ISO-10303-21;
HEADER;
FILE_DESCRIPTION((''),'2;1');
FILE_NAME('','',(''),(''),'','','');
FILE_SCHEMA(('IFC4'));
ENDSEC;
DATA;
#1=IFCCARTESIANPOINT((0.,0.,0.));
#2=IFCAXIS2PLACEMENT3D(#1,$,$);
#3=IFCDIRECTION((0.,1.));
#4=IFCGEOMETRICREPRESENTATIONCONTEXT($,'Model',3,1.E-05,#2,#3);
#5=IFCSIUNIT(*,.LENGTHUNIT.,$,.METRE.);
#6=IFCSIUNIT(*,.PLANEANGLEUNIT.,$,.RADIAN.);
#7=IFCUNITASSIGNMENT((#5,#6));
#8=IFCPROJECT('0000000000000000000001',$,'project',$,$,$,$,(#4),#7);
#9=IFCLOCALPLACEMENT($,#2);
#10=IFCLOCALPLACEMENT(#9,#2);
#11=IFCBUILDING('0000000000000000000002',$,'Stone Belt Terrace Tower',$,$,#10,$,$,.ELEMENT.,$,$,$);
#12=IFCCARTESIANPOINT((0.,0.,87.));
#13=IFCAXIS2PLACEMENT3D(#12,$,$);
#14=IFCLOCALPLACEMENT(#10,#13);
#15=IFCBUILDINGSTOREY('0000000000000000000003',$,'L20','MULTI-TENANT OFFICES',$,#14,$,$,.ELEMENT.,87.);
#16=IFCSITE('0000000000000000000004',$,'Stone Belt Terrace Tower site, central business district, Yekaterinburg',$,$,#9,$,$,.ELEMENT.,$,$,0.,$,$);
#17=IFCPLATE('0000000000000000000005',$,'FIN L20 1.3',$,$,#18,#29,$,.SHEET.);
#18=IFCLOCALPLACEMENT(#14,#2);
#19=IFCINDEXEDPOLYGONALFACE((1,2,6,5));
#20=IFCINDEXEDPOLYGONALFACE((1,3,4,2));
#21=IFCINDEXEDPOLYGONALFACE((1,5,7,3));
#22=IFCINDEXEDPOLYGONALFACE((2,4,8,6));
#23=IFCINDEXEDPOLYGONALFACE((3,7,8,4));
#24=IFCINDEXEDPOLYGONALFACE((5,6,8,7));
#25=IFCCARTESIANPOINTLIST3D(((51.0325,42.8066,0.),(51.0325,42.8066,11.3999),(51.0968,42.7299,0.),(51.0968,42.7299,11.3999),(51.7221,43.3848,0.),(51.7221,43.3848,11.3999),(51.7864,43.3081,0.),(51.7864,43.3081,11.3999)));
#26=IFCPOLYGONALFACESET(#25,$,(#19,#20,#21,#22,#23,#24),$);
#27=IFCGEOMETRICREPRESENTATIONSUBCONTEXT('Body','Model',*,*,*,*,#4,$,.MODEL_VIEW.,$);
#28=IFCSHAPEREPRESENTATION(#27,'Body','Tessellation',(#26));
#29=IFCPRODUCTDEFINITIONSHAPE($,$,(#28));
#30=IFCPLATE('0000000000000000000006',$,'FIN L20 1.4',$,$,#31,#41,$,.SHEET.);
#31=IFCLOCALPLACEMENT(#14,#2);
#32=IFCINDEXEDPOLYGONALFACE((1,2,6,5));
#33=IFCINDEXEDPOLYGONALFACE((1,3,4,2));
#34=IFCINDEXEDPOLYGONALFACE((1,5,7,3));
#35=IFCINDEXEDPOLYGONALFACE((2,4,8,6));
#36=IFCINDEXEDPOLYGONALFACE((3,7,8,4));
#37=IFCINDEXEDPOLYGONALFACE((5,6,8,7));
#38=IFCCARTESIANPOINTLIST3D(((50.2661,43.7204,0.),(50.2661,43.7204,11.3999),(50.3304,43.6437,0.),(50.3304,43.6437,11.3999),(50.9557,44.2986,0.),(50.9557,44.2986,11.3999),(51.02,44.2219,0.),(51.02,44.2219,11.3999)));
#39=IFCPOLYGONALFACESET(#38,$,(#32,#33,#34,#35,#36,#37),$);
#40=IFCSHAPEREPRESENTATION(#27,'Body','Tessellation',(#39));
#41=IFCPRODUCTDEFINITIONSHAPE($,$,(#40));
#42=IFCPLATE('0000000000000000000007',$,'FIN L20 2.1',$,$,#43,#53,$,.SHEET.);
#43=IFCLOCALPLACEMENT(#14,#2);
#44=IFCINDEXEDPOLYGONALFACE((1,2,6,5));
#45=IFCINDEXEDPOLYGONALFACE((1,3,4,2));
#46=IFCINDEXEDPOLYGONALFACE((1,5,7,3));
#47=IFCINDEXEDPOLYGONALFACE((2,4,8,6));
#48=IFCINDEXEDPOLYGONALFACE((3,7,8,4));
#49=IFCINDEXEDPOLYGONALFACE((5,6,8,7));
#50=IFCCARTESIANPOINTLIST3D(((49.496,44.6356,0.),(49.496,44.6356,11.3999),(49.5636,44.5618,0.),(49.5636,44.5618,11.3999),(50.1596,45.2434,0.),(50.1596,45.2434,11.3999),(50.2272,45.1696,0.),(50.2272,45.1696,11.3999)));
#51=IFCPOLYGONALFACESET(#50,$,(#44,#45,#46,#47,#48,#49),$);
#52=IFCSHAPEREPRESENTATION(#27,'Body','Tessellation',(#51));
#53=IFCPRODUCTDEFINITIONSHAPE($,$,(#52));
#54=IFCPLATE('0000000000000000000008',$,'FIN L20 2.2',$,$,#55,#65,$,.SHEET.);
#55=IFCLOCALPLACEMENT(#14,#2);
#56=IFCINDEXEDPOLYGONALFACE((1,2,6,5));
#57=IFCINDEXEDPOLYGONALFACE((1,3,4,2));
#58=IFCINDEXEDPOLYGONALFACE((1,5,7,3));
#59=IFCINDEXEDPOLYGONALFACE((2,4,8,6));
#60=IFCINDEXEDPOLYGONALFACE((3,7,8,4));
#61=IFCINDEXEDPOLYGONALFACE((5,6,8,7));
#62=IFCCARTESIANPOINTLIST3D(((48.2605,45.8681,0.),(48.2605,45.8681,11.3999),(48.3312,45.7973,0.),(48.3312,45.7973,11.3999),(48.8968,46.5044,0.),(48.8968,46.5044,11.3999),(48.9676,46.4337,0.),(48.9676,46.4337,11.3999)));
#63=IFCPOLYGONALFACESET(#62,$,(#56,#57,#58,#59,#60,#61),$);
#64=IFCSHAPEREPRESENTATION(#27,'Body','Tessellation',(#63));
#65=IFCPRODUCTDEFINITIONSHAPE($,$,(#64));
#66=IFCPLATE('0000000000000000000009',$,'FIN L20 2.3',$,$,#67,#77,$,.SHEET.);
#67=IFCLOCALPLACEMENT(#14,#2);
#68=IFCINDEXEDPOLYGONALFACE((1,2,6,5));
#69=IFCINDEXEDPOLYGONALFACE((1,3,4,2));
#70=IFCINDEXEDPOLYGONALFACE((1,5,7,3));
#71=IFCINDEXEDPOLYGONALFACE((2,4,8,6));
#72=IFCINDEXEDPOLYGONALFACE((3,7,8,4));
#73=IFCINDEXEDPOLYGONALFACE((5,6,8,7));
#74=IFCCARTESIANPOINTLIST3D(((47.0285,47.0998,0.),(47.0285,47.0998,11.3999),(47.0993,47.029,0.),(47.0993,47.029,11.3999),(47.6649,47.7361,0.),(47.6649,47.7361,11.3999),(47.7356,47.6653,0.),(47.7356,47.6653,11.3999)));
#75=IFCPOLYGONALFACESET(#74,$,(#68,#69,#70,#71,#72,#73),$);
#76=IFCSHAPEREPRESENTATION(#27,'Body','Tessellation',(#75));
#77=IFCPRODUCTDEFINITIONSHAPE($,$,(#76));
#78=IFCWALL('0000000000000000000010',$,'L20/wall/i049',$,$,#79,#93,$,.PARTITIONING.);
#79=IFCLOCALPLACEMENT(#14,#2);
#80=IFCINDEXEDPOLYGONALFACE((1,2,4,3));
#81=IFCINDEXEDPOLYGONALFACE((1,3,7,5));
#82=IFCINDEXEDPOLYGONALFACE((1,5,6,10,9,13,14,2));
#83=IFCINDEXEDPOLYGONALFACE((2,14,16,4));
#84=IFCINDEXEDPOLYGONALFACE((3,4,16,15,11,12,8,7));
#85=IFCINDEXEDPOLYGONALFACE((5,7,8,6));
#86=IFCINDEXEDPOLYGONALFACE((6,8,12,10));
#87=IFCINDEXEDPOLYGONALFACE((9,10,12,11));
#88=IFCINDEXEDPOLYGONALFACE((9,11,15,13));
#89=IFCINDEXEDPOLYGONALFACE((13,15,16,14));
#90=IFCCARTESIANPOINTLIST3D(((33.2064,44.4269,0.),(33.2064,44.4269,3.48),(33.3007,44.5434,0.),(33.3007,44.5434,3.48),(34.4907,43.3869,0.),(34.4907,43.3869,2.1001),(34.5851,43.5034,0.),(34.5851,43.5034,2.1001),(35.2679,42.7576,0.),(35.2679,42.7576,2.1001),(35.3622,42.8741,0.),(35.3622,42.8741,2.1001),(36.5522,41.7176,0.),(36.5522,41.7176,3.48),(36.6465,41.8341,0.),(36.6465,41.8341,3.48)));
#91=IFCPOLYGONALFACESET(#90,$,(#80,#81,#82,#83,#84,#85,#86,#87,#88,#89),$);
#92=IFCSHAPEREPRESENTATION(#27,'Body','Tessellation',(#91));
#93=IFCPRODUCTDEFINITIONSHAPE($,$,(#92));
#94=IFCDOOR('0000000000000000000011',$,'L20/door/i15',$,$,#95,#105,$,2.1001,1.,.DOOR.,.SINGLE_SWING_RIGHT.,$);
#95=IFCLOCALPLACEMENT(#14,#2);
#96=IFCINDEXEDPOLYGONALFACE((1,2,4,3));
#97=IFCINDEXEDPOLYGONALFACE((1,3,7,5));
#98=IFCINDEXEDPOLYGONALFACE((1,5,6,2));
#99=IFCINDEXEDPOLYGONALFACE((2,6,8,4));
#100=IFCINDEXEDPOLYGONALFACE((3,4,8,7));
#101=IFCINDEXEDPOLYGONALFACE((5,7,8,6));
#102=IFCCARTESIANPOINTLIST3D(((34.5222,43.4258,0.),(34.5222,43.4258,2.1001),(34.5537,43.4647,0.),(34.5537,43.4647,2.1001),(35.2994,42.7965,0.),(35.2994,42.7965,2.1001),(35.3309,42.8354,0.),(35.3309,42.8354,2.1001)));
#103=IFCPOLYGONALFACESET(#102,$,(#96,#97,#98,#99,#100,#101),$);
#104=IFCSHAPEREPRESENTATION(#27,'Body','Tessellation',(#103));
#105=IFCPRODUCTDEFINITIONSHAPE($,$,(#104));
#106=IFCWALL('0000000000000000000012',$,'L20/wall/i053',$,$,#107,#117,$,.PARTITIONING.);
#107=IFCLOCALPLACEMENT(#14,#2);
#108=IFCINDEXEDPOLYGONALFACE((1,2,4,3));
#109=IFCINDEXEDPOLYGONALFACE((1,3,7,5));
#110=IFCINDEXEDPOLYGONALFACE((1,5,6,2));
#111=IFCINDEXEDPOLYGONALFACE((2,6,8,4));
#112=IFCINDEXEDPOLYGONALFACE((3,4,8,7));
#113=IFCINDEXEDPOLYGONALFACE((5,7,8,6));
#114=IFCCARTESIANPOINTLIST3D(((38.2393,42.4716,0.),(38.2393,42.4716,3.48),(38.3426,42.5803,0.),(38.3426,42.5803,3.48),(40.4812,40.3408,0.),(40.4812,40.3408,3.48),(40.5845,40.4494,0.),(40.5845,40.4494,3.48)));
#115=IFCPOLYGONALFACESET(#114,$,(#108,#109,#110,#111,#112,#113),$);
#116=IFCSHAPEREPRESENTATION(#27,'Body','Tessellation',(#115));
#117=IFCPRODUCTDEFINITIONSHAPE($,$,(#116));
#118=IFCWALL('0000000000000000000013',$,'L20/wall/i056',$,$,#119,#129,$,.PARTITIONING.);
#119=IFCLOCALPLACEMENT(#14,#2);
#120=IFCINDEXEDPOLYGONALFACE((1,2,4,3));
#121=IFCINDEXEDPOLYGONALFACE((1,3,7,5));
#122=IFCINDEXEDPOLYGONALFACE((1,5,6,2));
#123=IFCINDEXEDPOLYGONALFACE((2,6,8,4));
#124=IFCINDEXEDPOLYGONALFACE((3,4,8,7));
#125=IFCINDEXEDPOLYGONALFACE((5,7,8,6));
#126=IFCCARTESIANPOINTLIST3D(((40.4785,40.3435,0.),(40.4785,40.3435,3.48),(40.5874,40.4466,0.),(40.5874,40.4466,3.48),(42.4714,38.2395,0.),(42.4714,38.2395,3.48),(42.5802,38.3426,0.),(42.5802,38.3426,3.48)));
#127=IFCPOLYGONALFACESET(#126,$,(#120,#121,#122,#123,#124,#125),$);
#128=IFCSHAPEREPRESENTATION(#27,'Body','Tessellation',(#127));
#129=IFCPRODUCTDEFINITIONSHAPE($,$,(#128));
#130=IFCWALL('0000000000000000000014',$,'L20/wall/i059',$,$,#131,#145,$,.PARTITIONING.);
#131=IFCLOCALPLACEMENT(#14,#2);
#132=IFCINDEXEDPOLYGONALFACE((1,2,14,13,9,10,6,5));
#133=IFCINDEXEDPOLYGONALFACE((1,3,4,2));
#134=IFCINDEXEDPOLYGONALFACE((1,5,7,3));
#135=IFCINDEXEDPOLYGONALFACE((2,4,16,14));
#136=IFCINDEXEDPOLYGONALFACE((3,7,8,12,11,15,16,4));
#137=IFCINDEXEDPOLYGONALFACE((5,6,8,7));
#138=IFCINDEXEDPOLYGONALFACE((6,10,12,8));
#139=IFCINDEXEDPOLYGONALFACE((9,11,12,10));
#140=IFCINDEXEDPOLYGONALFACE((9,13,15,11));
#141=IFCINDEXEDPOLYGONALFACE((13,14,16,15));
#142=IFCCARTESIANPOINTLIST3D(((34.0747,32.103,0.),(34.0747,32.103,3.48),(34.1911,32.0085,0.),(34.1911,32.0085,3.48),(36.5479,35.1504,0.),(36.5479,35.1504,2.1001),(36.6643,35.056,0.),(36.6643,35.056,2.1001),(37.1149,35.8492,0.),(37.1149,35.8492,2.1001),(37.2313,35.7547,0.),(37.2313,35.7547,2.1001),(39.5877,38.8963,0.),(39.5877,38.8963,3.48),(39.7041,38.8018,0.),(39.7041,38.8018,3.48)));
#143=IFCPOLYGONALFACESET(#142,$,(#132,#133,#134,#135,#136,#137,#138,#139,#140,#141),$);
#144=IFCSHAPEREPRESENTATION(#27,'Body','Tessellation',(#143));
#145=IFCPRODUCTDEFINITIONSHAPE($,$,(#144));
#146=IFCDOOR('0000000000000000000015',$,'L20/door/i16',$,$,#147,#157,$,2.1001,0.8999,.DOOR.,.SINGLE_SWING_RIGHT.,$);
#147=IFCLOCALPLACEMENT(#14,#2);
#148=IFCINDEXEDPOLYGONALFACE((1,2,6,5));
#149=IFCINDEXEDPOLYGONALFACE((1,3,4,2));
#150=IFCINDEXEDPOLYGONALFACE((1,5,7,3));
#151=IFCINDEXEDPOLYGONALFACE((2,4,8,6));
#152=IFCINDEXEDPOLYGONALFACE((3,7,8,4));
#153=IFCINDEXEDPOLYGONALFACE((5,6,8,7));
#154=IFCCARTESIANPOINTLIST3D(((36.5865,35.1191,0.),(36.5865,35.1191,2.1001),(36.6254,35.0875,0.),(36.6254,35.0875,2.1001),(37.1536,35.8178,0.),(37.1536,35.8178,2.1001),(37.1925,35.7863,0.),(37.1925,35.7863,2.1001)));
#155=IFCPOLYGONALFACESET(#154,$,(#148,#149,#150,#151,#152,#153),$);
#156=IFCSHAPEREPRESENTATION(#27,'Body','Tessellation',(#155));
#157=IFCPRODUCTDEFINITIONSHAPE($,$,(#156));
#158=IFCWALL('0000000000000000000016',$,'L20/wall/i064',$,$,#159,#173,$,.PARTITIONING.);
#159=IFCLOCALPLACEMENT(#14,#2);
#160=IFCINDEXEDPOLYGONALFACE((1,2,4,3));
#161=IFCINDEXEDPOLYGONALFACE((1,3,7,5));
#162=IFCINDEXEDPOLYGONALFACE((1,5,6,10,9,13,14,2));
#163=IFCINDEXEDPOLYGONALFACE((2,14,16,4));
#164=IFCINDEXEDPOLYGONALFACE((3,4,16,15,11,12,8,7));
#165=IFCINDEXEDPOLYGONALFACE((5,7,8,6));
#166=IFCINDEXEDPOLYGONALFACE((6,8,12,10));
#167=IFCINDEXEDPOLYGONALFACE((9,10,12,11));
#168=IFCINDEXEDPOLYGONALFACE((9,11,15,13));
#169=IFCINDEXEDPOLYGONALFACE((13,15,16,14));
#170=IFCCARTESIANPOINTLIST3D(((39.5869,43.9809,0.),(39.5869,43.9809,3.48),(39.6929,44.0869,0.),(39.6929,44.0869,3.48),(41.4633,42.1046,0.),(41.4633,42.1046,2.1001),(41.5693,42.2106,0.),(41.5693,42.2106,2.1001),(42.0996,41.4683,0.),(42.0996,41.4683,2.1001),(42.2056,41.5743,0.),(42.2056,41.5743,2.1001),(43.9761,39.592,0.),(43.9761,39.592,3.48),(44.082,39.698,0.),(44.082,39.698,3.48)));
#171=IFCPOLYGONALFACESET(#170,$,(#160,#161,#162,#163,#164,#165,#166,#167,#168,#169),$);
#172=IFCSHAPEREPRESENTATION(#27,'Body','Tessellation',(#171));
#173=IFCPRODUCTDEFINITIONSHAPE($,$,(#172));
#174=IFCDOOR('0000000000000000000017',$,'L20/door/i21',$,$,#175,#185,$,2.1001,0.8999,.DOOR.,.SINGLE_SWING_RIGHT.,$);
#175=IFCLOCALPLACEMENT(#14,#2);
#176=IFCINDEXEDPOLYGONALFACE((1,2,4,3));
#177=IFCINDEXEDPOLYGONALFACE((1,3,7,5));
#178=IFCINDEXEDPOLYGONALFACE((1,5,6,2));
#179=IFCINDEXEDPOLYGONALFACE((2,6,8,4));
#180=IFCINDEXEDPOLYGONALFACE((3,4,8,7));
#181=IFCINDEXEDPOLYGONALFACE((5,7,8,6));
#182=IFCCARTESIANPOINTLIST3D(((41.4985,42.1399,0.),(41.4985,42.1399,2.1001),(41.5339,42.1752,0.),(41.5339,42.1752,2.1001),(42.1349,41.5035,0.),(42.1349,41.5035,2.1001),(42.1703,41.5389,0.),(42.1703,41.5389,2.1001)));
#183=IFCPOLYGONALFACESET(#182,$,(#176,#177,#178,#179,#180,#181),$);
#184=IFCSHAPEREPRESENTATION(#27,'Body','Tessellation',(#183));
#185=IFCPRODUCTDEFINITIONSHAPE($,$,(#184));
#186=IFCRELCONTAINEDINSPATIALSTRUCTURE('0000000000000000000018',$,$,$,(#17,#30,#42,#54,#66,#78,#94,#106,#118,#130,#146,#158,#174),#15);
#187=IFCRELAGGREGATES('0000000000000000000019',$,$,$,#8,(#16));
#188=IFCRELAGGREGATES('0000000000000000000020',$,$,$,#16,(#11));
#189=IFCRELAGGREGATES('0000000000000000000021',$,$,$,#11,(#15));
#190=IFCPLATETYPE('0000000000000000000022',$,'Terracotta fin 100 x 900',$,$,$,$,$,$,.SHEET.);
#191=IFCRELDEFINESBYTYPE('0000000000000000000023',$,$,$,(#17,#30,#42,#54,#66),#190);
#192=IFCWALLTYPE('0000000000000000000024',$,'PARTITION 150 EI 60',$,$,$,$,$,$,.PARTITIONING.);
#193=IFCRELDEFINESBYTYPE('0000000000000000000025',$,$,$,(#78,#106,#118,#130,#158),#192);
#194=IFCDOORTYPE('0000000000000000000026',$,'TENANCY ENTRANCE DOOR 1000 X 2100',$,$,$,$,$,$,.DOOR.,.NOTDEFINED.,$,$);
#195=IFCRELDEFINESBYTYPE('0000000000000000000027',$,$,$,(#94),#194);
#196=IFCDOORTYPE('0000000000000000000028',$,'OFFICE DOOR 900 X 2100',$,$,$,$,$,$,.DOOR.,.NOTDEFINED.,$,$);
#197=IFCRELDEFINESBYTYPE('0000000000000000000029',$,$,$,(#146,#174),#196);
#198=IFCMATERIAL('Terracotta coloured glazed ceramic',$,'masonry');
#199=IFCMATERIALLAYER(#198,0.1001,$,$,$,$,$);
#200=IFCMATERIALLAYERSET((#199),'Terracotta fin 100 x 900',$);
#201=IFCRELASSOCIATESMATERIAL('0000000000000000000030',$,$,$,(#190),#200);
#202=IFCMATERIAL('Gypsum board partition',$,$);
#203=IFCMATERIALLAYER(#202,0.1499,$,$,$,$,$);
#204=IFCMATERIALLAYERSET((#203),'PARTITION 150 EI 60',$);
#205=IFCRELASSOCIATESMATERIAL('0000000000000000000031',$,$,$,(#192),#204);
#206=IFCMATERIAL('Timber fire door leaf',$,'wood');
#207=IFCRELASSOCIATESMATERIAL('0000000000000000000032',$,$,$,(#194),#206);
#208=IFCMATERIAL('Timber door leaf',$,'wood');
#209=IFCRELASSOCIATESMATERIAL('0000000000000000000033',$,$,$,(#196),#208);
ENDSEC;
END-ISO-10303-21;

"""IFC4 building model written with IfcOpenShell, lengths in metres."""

from ifc_helpers import new_model, si_unit, direction, frame, frame_2d, origin, origin_2d, place, context, subcontext, project, spatial, rectangle, extrude, material, layer, layer_set, type_object, element, fill, save


model = new_model("IFC4")

# Units and contexts
model_context = context("Model", 3, precision=1e-05, world=origin(), true_north=direction((0.0, 1.0)))
body_context = subcontext(model_context, "Body", "Model", "MODEL_VIEW")
ifc_project = project(units=[si_unit("LENGTHUNIT", "METRE"), si_unit("PLANEANGLEUNIT", "RADIAN")], contexts=[model_context])

# Site, building, storey
site_placement = place(None, origin())
site = spatial("IfcSite", under=ifc_project, at=site_placement, Name="Stone Belt Terrace Tower site, central business district, Yekaterinburg", CompositionType="ELEMENT", RefElevation=0.0)
building_placement = place(site_placement, origin())
building = spatial("IfcBuilding", under=site, at=building_placement, Name="Stone Belt Terrace Tower", CompositionType="ELEMENT")
storey_placement = place(building_placement, frame((0.0, 0.0, 87.0)))
storey = spatial("IfcBuildingStorey", under=building, at=storey_placement, Name="L20", Description="MULTI-TENANT OFFICES", CompositionType="ELEMENT", Elevation=87.0)

# Plates
ifc_material_1 = material(Name="Terracotta coloured glazed ceramic", Category="masonry")
ifc_layer_1 = layer(ifc_material_1, 0.1001)
ifc_layer_set_1 = layer_set([ifc_layer_1], Name="Terracotta fin 100 x 900")
plate_type_1 = type_object("IfcPlateType", Name="Terracotta fin 100 x 900", PredefinedType="SHEET", material=ifc_layer_set_1)
for number, where, z_axis, x_axis, name in (
    (1, (51.4094, 43.0574, 0.0), (0.0, 0.0, 1.0), (0.766278, 0.642509, 0.0), "FIN L20 1.3"),
    (2, (50.6431, 43.9712, 0.0), (0.0, 0.0, 1.0), (0.766278, 0.642509, 0.0), "FIN L20 1.4"),
    (3, (49.8616, 44.9026, 0.0), (0.0, 0.0, 1.0), (0.7374, 0.675456, 0.0), "FIN L20 2.1"),
    (4, (48.614, 46.1509, 0.0), (0.0, 0.0, 1.0), (0.707107, 0.707107, 0.0), "FIN L20 2.2"),
    (5, (47.3821, 47.3826, 0.0), (0.0, 0.0, 1.0), (0.707107, 0.707107, 0.0), "FIN L20 2.3"),
):
    element("IfcPlate", number, at=place(storey_placement, frame(where, z_axis=z_axis, x_axis=x_axis)), inside=storey, type_object=plate_type_1, Name=name, PredefinedType="SHEET", context=body_context, shape_type="SweptSolid", body=[
        extrude(rectangle(XDim=0.8999, YDim=0.1001, at=origin_2d()), origin(), (0.0, 0.0, 1.0), 11.3999),
    ])

# Wall, opening, door
ifc_material_2 = material(Name="Gypsum board partition")
ifc_layer_2 = layer(ifc_material_2, 0.1499)
ifc_layer_set_2 = layer_set([ifc_layer_2], Name="PARTITION 150 EI 60")
wall_type = type_object("IfcWallType", Name="PARTITION 150 EI 60", PredefinedType="PARTITIONING", material=ifc_layer_set_2)
wall_1_placement = place(storey_placement, frame((36.5994, 41.7759, 0.0), z_axis=(0.0, 0.0, 1.0), x_axis=(-0.777154, 0.629311, 0.0)))
wall_1 = element("IfcWall", 6, at=wall_1_placement, inside=storey, type_object=wall_type, Name="L20/wall/i049", PredefinedType="PARTITIONING", context=body_context, shape_type="SweptSolid", body=[
    extrude(rectangle(XDim=4.3052, YDim=0.1499, at=frame_2d((2.1526, 0.0))), origin(), (0.0, 0.0, 1.0), 3.48),
])
opening_1_placement = place(wall_1_placement, frame((1.6526, 0.0, 0.0)))
opening_1 = element("IfcOpeningElement", 7, at=opening_1_placement, cuts=wall_1, PredefinedType="OPENING", context=body_context, shape_type="SweptSolid", body=[
    extrude(rectangle(XDim=1.0, YDim=2.1001, at=frame_2d((0.5, 1.05))), frame((0.0, 0.085, 0.0), z_axis=(0.0, -1.0, 0.0), x_axis=(1.0, 0.0, 0.0)), (0.0, 0.0, 1.0), 0.1699),
])
ifc_material_3 = material(Name="Timber fire door leaf", Category="wood")
door_type_1 = type_object("IfcDoorType", Name="TENANCY ENTRANCE DOOR 1000 X 2100", OperationType="NOTDEFINED", PredefinedType="DOOR", material=ifc_material_3)
door_1_placement = place(opening_1_placement, origin())
door_1 = element("IfcDoor", 8, at=door_1_placement, inside=storey, type_object=door_type_1, Name="L20/door/i15", OperationType="SINGLE_SWING_RIGHT", OverallHeight=2.1001, OverallWidth=1.0, PredefinedType="DOOR", context=body_context, shape_type="SweptSolid", body=[
    extrude(rectangle(XDim=1.0, YDim=2.1001, at=frame_2d((0.5, 1.05))), frame((0.0, 0.0249, 0.0), z_axis=(0.0, -1.0, 0.0), x_axis=(1.0, 0.0, 0.0)), (0.0, 0.0, 1.0), 0.05),
])
fill(opening_1, door_1)

# Walls
wall_2_placement = place(storey_placement, frame((38.291, 42.5259, 0.0), z_axis=(0.0, 0.0, 1.0), x_axis=(0.724836, -0.688922, 0.0)))
element("IfcWall", 9, at=wall_2_placement, inside=storey, type_object=wall_type, Name="L20/wall/i053", PredefinedType="PARTITIONING", context=body_context, shape_type="SweptSolid", body=[
    extrude(rectangle(XDim=3.093, YDim=0.1499, at=frame_2d((1.5464, 0.0))), origin(), (0.0, 0.0, 1.0), 3.48),
])
wall_3_placement = place(storey_placement, frame((40.533, 40.395, 0.0), z_axis=(0.0, 0.0, 1.0), x_axis=(0.687682, -0.726012, 0.0)))
element("IfcWall", 10, at=wall_3_placement, inside=storey, type_object=wall_type, Name="L20/wall/i056", PredefinedType="PARTITIONING", context=body_context, shape_type="SweptSolid", body=[
    extrude(rectangle(XDim=2.8979, YDim=0.1499, at=frame_2d((1.449, 0.0))), origin(), (0.0, 0.0, 1.0), 3.48),
])

# Walls, openings, doors
wall_4_placement = place(storey_placement, frame((39.646, 38.8491, 0.0), z_axis=(0.0, 0.0, 1.0), x_axis=(-0.630142, -0.77648, 0.0)))
wall_4 = element("IfcWall", 11, at=wall_4_placement, inside=storey, type_object=wall_type, Name="L20/wall/i059", PredefinedType="PARTITIONING", context=body_context, shape_type="SweptSolid", body=[
    extrude(rectangle(XDim=8.7488, YDim=0.1499, at=frame_2d((4.3745, 0.0))), origin(), (0.0, 0.0, 1.0), 3.48),
])
opening_2_placement = place(wall_4_placement, frame((3.9243, 0.0, 0.0)))
opening_2 = element("IfcOpeningElement", 12, at=opening_2_placement, cuts=wall_4, PredefinedType="OPENING", context=body_context, shape_type="SweptSolid", body=[
    extrude(rectangle(XDim=0.8999, YDim=2.1001, at=frame_2d((0.45, 1.05))), frame((0.0, 0.085, 0.0), z_axis=(0.0, -1.0, 0.0), x_axis=(1.0, 0.0, 0.0)), (0.0, 0.0, 1.0), 0.1699),
])
ifc_material_4 = material(Name="Timber door leaf", Category="wood")
door_type_2 = type_object("IfcDoorType", Name="OFFICE DOOR 900 X 2100", OperationType="NOTDEFINED", PredefinedType="DOOR", material=ifc_material_4)
door_2_placement = place(opening_2_placement, origin())
door_2 = element("IfcDoor", 13, at=door_2_placement, inside=storey, type_object=door_type_2, Name="L20/door/i16", OperationType="SINGLE_SWING_RIGHT", OverallHeight=2.1001, OverallWidth=0.8999, PredefinedType="DOOR", context=body_context, shape_type="SweptSolid", body=[
    extrude(rectangle(XDim=0.8999, YDim=2.1001, at=frame_2d((0.45, 1.05))), frame((0.0, 0.0249, 0.0), z_axis=(0.0, -1.0, 0.0), x_axis=(1.0, 0.0, 0.0)), (0.0, 0.0, 1.0), 0.05),
])
fill(opening_2, door_2)
wall_5_placement = place(storey_placement, frame((39.6399, 44.0339, 0.0), z_axis=(0.0, 0.0, 1.0), x_axis=(0.707126, -0.707087, 0.0)))
wall_5 = element("IfcWall", 14, at=wall_5_placement, inside=storey, type_object=wall_type, Name="L20/wall/i064", PredefinedType="PARTITIONING", context=body_context, shape_type="SweptSolid", body=[
    extrude(rectangle(XDim=6.207, YDim=0.1499, at=frame_2d((3.1035, 0.0))), origin(), (0.0, 0.0, 1.0), 3.48),
])
opening_3_placement = place(wall_5_placement, frame((2.6536, 0.0, 0.0)))
opening_3 = element("IfcOpeningElement", 15, at=opening_3_placement, cuts=wall_5, PredefinedType="OPENING", context=body_context, shape_type="SweptSolid", body=[
    extrude(rectangle(XDim=0.8999, YDim=2.1001, at=frame_2d((0.45, 1.05))), frame((0.0, 0.085, 0.0), z_axis=(0.0, -1.0, 0.0), x_axis=(1.0, 0.0, 0.0)), (0.0, 0.0, 1.0), 0.1699),
])
door_3_placement = place(opening_3_placement, origin())
door_3 = element("IfcDoor", 16, at=door_3_placement, inside=storey, type_object=door_type_2, Name="L20/door/i21", OperationType="SINGLE_SWING_RIGHT", OverallHeight=2.1001, OverallWidth=0.8999, PredefinedType="DOOR", context=body_context, shape_type="SweptSolid", body=[
    extrude(rectangle(XDim=0.8999, YDim=2.1001, at=frame_2d((0.45, 1.05))), frame((0.0, 0.0249, 0.0), z_axis=(0.0, -1.0, 0.0), x_axis=(1.0, 0.0, 0.0)), (0.0, 0.0, 1.0), 0.05),
])
fill(opening_3, door_3)

save(model, "model.ifc")
